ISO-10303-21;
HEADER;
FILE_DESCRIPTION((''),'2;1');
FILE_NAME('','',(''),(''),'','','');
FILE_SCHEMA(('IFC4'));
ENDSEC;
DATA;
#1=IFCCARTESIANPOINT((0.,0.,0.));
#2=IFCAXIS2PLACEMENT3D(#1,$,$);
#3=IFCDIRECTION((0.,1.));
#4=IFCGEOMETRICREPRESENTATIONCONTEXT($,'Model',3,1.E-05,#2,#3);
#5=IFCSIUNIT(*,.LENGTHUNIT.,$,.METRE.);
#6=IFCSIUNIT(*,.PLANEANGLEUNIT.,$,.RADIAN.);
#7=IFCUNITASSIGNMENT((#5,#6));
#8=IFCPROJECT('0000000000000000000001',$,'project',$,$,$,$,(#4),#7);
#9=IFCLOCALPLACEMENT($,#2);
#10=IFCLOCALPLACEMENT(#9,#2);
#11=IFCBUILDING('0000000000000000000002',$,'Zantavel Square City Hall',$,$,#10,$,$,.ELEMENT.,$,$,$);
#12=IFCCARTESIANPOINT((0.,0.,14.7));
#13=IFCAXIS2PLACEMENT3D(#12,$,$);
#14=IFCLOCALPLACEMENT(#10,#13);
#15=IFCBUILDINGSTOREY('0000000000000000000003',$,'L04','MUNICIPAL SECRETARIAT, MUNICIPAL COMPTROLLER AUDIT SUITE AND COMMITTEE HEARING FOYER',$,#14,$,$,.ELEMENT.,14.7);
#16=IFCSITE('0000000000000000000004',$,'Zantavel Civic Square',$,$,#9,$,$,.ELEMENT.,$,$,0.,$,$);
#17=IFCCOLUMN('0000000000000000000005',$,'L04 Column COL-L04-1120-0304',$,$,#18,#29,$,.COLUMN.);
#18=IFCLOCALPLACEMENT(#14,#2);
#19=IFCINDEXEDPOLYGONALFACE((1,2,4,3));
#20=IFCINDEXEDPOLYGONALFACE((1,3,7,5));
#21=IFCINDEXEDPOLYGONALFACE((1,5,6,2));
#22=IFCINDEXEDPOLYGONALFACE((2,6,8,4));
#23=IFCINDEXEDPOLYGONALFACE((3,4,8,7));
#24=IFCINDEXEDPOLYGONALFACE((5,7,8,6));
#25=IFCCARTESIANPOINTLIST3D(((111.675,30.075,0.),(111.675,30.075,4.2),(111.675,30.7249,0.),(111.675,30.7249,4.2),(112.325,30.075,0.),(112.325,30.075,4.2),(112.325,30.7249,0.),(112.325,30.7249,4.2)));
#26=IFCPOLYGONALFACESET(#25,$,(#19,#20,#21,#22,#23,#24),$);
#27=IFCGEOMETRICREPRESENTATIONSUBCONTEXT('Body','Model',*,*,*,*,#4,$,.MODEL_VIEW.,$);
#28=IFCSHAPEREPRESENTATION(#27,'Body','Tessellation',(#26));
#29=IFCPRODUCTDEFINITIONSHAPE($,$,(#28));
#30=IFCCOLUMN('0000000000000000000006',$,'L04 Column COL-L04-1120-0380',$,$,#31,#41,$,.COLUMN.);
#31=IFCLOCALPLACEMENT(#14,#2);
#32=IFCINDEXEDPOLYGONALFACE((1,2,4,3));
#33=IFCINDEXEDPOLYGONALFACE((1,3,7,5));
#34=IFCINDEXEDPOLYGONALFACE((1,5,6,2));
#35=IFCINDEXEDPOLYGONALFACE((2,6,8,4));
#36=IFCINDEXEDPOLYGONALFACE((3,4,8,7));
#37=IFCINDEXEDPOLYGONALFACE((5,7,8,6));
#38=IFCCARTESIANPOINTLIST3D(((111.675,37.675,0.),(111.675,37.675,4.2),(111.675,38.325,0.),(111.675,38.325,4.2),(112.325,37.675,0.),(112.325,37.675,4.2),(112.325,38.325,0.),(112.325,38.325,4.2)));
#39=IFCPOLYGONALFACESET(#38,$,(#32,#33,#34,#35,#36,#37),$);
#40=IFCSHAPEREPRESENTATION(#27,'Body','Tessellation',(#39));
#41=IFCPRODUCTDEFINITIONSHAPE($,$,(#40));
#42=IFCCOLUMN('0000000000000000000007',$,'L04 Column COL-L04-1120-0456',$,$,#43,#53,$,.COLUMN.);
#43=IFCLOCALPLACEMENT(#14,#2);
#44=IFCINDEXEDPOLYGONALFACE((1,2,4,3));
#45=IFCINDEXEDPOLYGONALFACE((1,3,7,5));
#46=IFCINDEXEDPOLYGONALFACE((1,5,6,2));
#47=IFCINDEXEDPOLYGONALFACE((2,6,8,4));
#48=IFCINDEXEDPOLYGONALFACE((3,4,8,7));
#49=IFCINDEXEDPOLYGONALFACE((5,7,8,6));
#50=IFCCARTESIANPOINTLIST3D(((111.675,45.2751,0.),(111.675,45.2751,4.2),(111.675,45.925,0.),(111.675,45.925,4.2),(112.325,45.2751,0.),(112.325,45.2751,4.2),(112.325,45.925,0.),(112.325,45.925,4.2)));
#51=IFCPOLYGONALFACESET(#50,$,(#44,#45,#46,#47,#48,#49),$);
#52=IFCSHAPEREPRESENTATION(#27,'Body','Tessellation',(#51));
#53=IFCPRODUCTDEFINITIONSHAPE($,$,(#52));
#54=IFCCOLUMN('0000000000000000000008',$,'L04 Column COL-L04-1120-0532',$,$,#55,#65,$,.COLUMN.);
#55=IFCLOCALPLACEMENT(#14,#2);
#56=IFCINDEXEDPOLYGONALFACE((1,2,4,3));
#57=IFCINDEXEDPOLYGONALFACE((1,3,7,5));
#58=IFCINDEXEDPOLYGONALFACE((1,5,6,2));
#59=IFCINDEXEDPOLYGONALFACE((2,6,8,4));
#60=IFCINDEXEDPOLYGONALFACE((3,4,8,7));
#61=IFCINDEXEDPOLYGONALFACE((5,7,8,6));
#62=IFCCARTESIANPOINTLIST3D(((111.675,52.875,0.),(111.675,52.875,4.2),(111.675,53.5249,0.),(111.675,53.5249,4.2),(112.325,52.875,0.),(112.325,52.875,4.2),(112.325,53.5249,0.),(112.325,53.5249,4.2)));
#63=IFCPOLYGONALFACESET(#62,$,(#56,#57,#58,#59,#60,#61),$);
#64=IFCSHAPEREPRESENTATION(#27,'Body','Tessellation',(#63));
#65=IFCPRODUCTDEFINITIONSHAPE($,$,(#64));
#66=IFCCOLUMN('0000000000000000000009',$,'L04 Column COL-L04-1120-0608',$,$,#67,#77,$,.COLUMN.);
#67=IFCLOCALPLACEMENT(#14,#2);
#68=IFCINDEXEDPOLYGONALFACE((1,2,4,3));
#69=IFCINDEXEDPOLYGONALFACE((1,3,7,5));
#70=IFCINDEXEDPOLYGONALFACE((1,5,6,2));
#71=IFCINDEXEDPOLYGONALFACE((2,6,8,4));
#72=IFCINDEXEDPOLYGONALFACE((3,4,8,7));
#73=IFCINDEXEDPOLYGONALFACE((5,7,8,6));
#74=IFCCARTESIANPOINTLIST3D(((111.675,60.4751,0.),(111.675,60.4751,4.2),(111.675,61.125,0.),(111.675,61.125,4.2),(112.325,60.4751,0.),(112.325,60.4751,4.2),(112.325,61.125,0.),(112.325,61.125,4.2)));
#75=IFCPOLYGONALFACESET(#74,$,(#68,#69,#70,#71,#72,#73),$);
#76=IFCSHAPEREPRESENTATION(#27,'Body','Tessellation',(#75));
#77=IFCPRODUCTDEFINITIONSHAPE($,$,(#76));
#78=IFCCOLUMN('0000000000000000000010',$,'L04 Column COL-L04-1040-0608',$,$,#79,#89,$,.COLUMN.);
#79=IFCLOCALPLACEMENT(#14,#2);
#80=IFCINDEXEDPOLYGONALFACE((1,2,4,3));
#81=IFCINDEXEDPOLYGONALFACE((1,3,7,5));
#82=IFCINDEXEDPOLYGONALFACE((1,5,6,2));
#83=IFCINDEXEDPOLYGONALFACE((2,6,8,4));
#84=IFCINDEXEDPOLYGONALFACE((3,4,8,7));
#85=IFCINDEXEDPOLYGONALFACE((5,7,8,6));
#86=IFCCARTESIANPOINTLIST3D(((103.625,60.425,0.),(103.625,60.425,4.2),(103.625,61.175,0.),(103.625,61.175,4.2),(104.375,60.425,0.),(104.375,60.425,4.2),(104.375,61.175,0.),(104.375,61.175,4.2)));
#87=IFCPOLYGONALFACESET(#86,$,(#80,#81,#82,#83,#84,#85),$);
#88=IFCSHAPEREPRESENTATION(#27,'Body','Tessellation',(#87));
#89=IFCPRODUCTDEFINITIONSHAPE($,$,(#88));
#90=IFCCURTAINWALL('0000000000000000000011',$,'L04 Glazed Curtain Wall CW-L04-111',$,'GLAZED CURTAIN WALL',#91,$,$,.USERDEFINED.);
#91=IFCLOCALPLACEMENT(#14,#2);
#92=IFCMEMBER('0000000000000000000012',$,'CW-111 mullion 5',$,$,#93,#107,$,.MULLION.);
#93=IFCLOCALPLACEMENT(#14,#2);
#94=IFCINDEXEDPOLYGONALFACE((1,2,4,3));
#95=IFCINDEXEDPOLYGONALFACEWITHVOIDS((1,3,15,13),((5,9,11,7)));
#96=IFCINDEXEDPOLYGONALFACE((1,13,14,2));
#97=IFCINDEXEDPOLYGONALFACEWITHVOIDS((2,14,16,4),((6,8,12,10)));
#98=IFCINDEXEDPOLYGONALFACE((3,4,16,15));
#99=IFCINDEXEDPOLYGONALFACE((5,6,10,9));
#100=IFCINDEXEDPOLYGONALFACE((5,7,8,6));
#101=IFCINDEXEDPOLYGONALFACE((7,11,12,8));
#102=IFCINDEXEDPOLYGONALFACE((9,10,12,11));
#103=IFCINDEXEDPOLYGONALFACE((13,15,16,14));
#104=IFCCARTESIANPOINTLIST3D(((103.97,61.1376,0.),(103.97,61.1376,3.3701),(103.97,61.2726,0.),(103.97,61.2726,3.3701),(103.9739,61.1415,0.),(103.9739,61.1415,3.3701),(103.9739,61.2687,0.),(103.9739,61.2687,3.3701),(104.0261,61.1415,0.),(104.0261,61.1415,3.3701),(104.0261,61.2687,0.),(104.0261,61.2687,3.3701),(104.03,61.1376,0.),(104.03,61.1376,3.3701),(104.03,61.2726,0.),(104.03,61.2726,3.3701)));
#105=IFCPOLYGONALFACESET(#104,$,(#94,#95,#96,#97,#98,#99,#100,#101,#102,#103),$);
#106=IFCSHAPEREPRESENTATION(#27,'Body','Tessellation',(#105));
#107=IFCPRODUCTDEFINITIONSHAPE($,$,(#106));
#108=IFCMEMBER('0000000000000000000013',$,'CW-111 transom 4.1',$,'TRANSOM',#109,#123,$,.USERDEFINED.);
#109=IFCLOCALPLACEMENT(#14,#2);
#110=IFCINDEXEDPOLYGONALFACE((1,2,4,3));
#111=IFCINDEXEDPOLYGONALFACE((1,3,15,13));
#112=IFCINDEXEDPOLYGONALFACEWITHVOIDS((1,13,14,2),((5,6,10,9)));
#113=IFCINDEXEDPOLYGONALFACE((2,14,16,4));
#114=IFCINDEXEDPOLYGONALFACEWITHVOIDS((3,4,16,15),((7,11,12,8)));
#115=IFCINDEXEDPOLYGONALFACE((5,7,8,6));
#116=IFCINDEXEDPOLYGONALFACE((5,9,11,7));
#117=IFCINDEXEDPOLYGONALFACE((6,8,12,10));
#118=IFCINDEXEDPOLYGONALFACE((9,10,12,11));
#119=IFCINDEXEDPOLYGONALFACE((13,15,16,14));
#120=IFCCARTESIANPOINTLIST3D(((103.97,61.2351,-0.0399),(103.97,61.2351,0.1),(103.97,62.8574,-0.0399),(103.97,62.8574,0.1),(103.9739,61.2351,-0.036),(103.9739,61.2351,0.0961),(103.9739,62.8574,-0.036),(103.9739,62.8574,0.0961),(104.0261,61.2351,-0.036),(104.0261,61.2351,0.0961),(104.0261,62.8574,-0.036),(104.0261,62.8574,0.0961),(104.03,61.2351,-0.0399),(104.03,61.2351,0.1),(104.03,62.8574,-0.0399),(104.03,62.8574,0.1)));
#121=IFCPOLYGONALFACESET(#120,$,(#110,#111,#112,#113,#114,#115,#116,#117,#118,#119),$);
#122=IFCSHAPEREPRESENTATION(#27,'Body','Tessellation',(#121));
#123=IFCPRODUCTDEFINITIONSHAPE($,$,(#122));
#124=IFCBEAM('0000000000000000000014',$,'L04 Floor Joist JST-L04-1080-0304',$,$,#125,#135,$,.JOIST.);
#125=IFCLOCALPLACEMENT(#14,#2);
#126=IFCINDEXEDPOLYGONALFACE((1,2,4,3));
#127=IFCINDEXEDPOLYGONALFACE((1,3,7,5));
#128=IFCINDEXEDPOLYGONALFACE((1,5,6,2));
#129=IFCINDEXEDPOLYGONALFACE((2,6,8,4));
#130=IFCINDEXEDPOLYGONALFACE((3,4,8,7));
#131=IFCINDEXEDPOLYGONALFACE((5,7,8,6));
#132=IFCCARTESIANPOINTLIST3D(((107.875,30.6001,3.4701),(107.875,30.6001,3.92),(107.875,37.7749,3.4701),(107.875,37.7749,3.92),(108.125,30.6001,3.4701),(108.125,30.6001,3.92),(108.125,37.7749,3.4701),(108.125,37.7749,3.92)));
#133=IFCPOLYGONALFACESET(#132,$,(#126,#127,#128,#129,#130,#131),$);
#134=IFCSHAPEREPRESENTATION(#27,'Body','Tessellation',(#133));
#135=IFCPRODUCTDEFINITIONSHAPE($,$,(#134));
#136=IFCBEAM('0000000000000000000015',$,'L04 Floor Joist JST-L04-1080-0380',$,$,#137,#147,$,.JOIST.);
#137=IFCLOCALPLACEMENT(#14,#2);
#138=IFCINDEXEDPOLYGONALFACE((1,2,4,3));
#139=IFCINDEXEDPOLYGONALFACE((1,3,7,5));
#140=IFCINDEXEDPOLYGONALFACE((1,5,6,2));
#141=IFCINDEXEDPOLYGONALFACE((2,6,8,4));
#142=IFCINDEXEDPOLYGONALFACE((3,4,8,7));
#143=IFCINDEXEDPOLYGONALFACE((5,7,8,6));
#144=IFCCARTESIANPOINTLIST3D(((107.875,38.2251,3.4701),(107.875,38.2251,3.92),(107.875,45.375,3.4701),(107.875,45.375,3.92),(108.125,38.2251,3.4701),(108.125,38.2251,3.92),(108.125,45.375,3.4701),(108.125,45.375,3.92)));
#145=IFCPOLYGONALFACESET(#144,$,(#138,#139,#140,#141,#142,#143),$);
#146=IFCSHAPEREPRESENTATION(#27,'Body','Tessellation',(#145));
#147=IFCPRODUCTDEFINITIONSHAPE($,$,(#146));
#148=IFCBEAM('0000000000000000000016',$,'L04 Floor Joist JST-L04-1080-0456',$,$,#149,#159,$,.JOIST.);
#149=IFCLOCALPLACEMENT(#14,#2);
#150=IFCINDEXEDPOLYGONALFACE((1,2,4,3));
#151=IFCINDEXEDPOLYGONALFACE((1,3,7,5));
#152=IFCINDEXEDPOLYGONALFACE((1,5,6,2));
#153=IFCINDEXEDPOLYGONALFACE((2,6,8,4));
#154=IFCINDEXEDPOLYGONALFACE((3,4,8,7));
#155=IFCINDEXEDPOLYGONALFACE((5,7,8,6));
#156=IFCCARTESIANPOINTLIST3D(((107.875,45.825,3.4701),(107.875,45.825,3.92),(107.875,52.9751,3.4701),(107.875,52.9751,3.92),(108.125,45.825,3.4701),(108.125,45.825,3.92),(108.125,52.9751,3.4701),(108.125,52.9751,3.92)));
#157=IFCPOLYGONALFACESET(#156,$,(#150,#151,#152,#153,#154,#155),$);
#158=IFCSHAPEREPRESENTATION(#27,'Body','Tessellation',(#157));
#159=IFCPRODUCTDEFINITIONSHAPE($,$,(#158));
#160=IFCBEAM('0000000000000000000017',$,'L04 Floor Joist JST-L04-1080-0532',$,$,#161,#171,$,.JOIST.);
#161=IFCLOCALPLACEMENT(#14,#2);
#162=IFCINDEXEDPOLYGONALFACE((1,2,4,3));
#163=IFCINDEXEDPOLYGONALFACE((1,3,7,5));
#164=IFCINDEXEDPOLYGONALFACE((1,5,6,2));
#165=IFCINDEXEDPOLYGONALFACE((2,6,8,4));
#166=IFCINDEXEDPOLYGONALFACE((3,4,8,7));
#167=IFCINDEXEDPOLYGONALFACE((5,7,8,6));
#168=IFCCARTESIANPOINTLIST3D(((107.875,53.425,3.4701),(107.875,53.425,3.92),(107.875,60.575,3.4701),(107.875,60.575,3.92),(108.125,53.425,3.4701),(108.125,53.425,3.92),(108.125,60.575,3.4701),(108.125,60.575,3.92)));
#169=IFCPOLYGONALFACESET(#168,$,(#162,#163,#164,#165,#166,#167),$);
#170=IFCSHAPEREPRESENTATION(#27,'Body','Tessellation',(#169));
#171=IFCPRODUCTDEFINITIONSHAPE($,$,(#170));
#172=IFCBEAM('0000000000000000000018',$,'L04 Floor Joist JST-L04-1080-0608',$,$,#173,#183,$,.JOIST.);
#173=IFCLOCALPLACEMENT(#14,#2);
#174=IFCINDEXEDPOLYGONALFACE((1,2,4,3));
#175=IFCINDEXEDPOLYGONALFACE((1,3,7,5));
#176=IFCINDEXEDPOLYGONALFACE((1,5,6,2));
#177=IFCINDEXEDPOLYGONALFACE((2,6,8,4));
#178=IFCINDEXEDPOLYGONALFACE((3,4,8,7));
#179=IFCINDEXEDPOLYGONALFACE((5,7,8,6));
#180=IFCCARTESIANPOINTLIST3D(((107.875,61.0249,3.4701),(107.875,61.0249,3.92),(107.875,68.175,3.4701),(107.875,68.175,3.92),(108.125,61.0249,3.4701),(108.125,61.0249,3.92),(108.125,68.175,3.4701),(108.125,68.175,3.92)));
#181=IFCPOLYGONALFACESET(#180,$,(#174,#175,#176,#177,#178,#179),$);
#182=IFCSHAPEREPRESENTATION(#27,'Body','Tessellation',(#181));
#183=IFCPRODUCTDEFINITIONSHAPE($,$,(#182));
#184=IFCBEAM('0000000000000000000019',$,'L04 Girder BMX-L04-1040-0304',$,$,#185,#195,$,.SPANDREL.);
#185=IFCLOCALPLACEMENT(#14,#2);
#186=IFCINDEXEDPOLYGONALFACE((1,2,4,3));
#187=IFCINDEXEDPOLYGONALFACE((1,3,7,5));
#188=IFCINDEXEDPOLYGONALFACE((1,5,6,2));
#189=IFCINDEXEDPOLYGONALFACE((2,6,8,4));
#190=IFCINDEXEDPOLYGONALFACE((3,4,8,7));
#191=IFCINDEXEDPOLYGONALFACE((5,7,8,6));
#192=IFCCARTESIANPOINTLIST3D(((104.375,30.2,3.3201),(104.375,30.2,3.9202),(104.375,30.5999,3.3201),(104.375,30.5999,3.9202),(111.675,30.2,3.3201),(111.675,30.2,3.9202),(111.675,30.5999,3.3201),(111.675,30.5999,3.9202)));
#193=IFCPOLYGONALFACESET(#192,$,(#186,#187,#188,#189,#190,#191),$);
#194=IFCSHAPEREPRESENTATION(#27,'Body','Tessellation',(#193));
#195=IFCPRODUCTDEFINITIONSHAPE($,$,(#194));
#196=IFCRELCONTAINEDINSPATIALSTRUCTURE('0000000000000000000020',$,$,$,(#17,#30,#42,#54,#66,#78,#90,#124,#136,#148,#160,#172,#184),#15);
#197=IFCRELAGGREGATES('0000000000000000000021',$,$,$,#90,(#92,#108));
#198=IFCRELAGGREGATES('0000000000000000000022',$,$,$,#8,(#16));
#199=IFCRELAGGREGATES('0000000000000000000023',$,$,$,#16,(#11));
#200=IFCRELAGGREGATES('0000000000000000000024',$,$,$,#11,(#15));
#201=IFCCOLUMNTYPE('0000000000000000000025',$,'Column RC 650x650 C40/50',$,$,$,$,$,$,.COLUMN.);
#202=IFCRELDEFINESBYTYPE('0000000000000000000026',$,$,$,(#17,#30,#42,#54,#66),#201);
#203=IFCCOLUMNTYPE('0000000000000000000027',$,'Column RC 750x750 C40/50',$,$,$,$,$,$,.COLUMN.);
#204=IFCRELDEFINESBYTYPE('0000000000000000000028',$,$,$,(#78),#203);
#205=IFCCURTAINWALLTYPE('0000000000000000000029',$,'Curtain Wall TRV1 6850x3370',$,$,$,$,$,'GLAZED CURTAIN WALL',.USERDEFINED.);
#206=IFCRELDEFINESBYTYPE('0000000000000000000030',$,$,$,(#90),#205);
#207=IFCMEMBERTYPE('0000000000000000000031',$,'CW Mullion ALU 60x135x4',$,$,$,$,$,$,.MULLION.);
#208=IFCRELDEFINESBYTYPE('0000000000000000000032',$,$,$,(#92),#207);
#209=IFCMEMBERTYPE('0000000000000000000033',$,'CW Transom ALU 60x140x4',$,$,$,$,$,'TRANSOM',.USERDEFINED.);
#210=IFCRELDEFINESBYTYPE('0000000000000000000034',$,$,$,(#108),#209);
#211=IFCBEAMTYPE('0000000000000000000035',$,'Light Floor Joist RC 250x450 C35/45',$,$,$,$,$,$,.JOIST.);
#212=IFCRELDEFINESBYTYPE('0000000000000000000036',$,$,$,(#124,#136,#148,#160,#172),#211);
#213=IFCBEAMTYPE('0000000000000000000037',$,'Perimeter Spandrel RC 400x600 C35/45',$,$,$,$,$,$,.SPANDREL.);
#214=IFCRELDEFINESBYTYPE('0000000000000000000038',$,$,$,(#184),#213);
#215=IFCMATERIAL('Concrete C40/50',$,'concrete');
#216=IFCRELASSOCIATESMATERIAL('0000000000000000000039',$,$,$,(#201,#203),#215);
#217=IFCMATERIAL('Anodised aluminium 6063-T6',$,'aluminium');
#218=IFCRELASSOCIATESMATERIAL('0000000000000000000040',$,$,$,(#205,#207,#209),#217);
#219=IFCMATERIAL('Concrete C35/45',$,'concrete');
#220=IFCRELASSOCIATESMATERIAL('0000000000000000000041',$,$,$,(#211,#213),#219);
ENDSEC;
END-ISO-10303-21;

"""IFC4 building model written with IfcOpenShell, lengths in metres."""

from ifc_helpers import new_model, si_unit, direction, frame, origin, origin_2d, place, context, subcontext, project, spatial, rectangle, hollow_rectangle, extrude, material, material_profile, profile_set, type_object, element, aggregate, save


model = new_model("IFC4")

# Units and contexts
model_context = context("Model", 3, precision=1e-05, world=origin(), true_north=direction((0.0, 1.0)))
body_context = subcontext(model_context, "Body", "Model", "MODEL_VIEW")
ifc_project = project(units=[si_unit("LENGTHUNIT", "METRE"), si_unit("PLANEANGLEUNIT", "RADIAN")], contexts=[model_context])

# Site, building, storey
site_placement = place(None, origin())
site = spatial("IfcSite", under=ifc_project, at=site_placement, Name="Zantavel Civic Square", CompositionType="ELEMENT", RefElevation=0.0)
building_placement = place(site_placement, origin())
building = spatial("IfcBuilding", under=site, at=building_placement, Name="Zantavel Square City Hall", CompositionType="ELEMENT")
storey_placement = place(building_placement, frame((0.0, 0.0, 14.7)))
storey = spatial("IfcBuildingStorey", under=building, at=storey_placement, Name="L04", Description="MUNICIPAL SECRETARIAT, MUNICIPAL COMPTROLLER AUDIT SUITE AND COMMITTEE HEARING FOYER", CompositionType="ELEMENT", Elevation=14.7)

# Columns
ifc_material_1 = material(Name="Concrete C40/50", Category="concrete")
ifc_material_profile_1 = material_profile(ifc_material_1, rectangle(XDim=0.6499, YDim=0.6499, at=origin_2d()), Name="RC 650x650")
ifc_profile_set_1 = profile_set([ifc_material_profile_1], Name="Concrete C40/50")
column_type_1 = type_object("IfcColumnType", Name="Column RC 650x650 C40/50", PredefinedType="COLUMN", material=ifc_profile_set_1)
for number, where, z_axis, x_axis, name in (
    (1, (112.0, 30.3999, 0.0), (0.0, 0.0, 1.0), (1.0, 0.0, 0.0), "L04 Column COL-L04-1120-0304"),
    (2, (112.0, 38.0, 0.0), (0.0, 0.0, 1.0), (1.0, 0.0, 0.0), "L04 Column COL-L04-1120-0380"),
    (3, (112.0, 45.6001, 0.0), (0.0, 0.0, 1.0), (1.0, 0.0, 0.0), "L04 Column COL-L04-1120-0456"),
    (4, (112.0, 53.2, 0.0), (0.0, 0.0, 1.0), (1.0, 0.0, 0.0), "L04 Column COL-L04-1120-0532"),
    (5, (112.0, 60.8, 0.0), (0.0, 0.0, 1.0), (1.0, 0.0, 0.0), "L04 Column COL-L04-1120-0608"),
):
    element("IfcColumn", number, at=place(storey_placement, frame(where, z_axis=z_axis, x_axis=x_axis)), inside=storey, type_object=column_type_1, Name=name, PredefinedType="COLUMN", context=body_context, shape_type="SweptSolid", body=[
        extrude(rectangle(XDim=0.6499, YDim=0.6499, at=origin_2d()), origin(), (0.0, 0.0, 1.0), 4.2),
    ])
ifc_material_profile_2 = material_profile(ifc_material_1, rectangle(XDim=0.75, YDim=0.75, at=origin_2d()), Name="RC 750x750")
ifc_profile_set_2 = profile_set([ifc_material_profile_2], Name="Concrete C40/50")
column_type_2 = type_object("IfcColumnType", Name="Column RC 750x750 C40/50", PredefinedType="COLUMN", material=ifc_profile_set_2)
column_placement = place(storey_placement, frame((104.0, 60.8, 0.0), z_axis=(0.0, 0.0, 1.0), x_axis=(1.0, 0.0, 0.0)))
element("IfcColumn", 6, at=column_placement, inside=storey, type_object=column_type_2, Name="L04 Column COL-L04-1040-0608", PredefinedType="COLUMN", context=body_context, shape_type="SweptSolid", body=[
    extrude(rectangle(XDim=0.75, YDim=0.75, at=origin_2d()), origin(), (0.0, 0.0, 1.0), 4.2),
])

# Curtain wall, members
ifc_material_2 = material(Name="Anodised aluminium 6063-T6", Category="aluminium")
curtain_wall_type = type_object("IfcCurtainWallType", Name="Curtain Wall TRV1 6850x3370", ElementType="GLAZED CURTAIN WALL", PredefinedType="USERDEFINED", material=ifc_material_2)
curtain_wall_placement = place(storey_placement, origin())
curtain_wall = element("IfcCurtainWall", 7, at=curtain_wall_placement, inside=storey, type_object=curtain_wall_type, Name="L04 Glazed Curtain Wall CW-L04-111", ObjectType="GLAZED CURTAIN WALL", PredefinedType="USERDEFINED")
ifc_material_profile_3 = material_profile(ifc_material_2, hollow_rectangle(XDim=0.0601, YDim=0.135, WallThickness=0.0039, at=origin_2d()), Name="ALU 60x135x4")
ifc_profile_set_3 = profile_set([ifc_material_profile_3], Name="Anodised aluminium 6063-T6")
member_type_1 = type_object("IfcMemberType", Name="CW Mullion ALU 60x135x4", PredefinedType="MULLION", material=ifc_profile_set_3)
member_1_placement = place(storey_placement, frame((104.0, 61.2051, 0.0), z_axis=(0.0, 0.0, 1.0), x_axis=(1.0, 0.0, 0.0)))
member_1 = element("IfcMember", 8, at=member_1_placement, type_object=member_type_1, Name="CW-111 mullion 5", PredefinedType="MULLION", context=body_context, shape_type="SweptSolid", body=[
    extrude(hollow_rectangle(XDim=0.0601, YDim=0.135, WallThickness=0.0039, at=origin_2d()), origin(), (0.0, 0.0, 1.0), 3.3701),
])
ifc_material_profile_4 = material_profile(ifc_material_2, hollow_rectangle(XDim=0.0601, YDim=0.1399, WallThickness=0.0039, at=origin_2d()), Name="ALU 60x140x4")
ifc_profile_set_4 = profile_set([ifc_material_profile_4], Name="Anodised aluminium 6063-T6")
member_type_2 = type_object("IfcMemberType", Name="CW Transom ALU 60x140x4", ElementType="TRANSOM", PredefinedType="USERDEFINED", material=ifc_profile_set_4)
member_2_placement = place(storey_placement, frame((104.0, 62.8574, 0.03), z_axis=(0.0, -1.0, 0.0), x_axis=(1.0, 0.0, 0.0)))
member_2 = element("IfcMember", 9, at=member_2_placement, type_object=member_type_2, Name="CW-111 transom 4.1", ObjectType="TRANSOM", PredefinedType="USERDEFINED", context=body_context, shape_type="SweptSolid", body=[
    extrude(hollow_rectangle(XDim=0.0601, YDim=0.1399, WallThickness=0.0039, at=origin_2d()), origin(), (0.0, 0.0, 1.0), 1.6223),
])

# Beams
ifc_material_3 = material(Name="Concrete C35/45", Category="concrete")
ifc_material_profile_5 = material_profile(ifc_material_3, rectangle(XDim=0.25, YDim=0.45, at=origin_2d()), Name="RC 250x450")
ifc_profile_set_5 = profile_set([ifc_material_profile_5], Name="Concrete C35/45")
beam_type_1 = type_object("IfcBeamType", Name="Light Floor Joist RC 250x450 C35/45", PredefinedType="JOIST", material=ifc_profile_set_5)
beam_1_placement = place(storey_placement, frame((108.0, 30.6001, 3.6951), z_axis=(0.0, 1.0, 0.0), x_axis=(-1.0, 0.0, 0.0)))
element("IfcBeam", 10, at=beam_1_placement, inside=storey, type_object=beam_type_1, Name="L04 Floor Joist JST-L04-1080-0304", PredefinedType="JOIST", context=body_context, shape_type="SweptSolid", body=[
    extrude(rectangle(XDim=0.25, YDim=0.45, at=origin_2d()), origin(), (0.0, 0.0, 1.0), 7.1748),
])
beam_2_placement = place(storey_placement, frame((108.0, 38.2251, 3.6951), z_axis=(0.0, 1.0, 0.0), x_axis=(-1.0, 0.0, 0.0)))
element("IfcBeam", 11, at=beam_2_placement, inside=storey, type_object=beam_type_1, Name="L04 Floor Joist JST-L04-1080-0380", PredefinedType="JOIST", context=body_context, shape_type="SweptSolid", body=[
    extrude(rectangle(XDim=0.25, YDim=0.45, at=origin_2d()), origin(), (0.0, 0.0, 1.0), 7.1499),
])
beam_3_placement = place(storey_placement, frame((108.0, 45.825, 3.6951), z_axis=(0.0, 1.0, 0.0), x_axis=(-1.0, 0.0, 0.0)))
element("IfcBeam", 12, at=beam_3_placement, inside=storey, type_object=beam_type_1, Name="L04 Floor Joist JST-L04-1080-0456", PredefinedType="JOIST", context=body_context, shape_type="SweptSolid", body=[
    extrude(rectangle(XDim=0.25, YDim=0.45, at=origin_2d()), origin(), (0.0, 0.0, 1.0), 7.1501),
])
beam_4_placement = place(storey_placement, frame((108.0, 53.425, 3.6951), z_axis=(0.0, 1.0, 0.0), x_axis=(-1.0, 0.0, 0.0)))
element("IfcBeam", 13, at=beam_4_placement, inside=storey, type_object=beam_type_1, Name="L04 Floor Joist JST-L04-1080-0532", PredefinedType="JOIST", context=body_context, shape_type="SweptSolid", body=[
    extrude(rectangle(XDim=0.25, YDim=0.45, at=origin_2d()), origin(), (0.0, 0.0, 1.0), 7.1499),
])
beam_5_placement = place(storey_placement, frame((108.0, 61.0249, 3.6951), z_axis=(0.0, 1.0, 0.0), x_axis=(-1.0, 0.0, 0.0)))
element("IfcBeam", 14, at=beam_5_placement, inside=storey, type_object=beam_type_1, Name="L04 Floor Joist JST-L04-1080-0608", PredefinedType="JOIST", context=body_context, shape_type="SweptSolid", body=[
    extrude(rectangle(XDim=0.25, YDim=0.45, at=origin_2d()), origin(), (0.0, 0.0, 1.0), 7.1501),
])
ifc_material_profile_6 = material_profile(ifc_material_3, rectangle(XDim=0.3999, YDim=0.6001, at=origin_2d()), Name="RC 400x600")
ifc_profile_set_6 = profile_set([ifc_material_profile_6], Name="Concrete C35/45")
beam_type_2 = type_object("IfcBeamType", Name="Perimeter Spandrel RC 400x600 C35/45", PredefinedType="SPANDREL", material=ifc_profile_set_6)
beam_6_placement = place(storey_placement, frame((104.375, 30.3999, 3.6201), z_axis=(1.0, 0.0, 0.0), x_axis=(0.0, 1.0, 0.0)))
element("IfcBeam", 15, at=beam_6_placement, inside=storey, type_object=beam_type_2, Name="L04 Girder BMX-L04-1040-0304", PredefinedType="SPANDREL", context=body_context, shape_type="SweptSolid", body=[
    extrude(rectangle(XDim=0.3999, YDim=0.6001, at=origin_2d()), origin(), (0.0, 0.0, 1.0), 7.3),
])

aggregate(curtain_wall, [member_1, member_2])

save(model, "model.ifc")
